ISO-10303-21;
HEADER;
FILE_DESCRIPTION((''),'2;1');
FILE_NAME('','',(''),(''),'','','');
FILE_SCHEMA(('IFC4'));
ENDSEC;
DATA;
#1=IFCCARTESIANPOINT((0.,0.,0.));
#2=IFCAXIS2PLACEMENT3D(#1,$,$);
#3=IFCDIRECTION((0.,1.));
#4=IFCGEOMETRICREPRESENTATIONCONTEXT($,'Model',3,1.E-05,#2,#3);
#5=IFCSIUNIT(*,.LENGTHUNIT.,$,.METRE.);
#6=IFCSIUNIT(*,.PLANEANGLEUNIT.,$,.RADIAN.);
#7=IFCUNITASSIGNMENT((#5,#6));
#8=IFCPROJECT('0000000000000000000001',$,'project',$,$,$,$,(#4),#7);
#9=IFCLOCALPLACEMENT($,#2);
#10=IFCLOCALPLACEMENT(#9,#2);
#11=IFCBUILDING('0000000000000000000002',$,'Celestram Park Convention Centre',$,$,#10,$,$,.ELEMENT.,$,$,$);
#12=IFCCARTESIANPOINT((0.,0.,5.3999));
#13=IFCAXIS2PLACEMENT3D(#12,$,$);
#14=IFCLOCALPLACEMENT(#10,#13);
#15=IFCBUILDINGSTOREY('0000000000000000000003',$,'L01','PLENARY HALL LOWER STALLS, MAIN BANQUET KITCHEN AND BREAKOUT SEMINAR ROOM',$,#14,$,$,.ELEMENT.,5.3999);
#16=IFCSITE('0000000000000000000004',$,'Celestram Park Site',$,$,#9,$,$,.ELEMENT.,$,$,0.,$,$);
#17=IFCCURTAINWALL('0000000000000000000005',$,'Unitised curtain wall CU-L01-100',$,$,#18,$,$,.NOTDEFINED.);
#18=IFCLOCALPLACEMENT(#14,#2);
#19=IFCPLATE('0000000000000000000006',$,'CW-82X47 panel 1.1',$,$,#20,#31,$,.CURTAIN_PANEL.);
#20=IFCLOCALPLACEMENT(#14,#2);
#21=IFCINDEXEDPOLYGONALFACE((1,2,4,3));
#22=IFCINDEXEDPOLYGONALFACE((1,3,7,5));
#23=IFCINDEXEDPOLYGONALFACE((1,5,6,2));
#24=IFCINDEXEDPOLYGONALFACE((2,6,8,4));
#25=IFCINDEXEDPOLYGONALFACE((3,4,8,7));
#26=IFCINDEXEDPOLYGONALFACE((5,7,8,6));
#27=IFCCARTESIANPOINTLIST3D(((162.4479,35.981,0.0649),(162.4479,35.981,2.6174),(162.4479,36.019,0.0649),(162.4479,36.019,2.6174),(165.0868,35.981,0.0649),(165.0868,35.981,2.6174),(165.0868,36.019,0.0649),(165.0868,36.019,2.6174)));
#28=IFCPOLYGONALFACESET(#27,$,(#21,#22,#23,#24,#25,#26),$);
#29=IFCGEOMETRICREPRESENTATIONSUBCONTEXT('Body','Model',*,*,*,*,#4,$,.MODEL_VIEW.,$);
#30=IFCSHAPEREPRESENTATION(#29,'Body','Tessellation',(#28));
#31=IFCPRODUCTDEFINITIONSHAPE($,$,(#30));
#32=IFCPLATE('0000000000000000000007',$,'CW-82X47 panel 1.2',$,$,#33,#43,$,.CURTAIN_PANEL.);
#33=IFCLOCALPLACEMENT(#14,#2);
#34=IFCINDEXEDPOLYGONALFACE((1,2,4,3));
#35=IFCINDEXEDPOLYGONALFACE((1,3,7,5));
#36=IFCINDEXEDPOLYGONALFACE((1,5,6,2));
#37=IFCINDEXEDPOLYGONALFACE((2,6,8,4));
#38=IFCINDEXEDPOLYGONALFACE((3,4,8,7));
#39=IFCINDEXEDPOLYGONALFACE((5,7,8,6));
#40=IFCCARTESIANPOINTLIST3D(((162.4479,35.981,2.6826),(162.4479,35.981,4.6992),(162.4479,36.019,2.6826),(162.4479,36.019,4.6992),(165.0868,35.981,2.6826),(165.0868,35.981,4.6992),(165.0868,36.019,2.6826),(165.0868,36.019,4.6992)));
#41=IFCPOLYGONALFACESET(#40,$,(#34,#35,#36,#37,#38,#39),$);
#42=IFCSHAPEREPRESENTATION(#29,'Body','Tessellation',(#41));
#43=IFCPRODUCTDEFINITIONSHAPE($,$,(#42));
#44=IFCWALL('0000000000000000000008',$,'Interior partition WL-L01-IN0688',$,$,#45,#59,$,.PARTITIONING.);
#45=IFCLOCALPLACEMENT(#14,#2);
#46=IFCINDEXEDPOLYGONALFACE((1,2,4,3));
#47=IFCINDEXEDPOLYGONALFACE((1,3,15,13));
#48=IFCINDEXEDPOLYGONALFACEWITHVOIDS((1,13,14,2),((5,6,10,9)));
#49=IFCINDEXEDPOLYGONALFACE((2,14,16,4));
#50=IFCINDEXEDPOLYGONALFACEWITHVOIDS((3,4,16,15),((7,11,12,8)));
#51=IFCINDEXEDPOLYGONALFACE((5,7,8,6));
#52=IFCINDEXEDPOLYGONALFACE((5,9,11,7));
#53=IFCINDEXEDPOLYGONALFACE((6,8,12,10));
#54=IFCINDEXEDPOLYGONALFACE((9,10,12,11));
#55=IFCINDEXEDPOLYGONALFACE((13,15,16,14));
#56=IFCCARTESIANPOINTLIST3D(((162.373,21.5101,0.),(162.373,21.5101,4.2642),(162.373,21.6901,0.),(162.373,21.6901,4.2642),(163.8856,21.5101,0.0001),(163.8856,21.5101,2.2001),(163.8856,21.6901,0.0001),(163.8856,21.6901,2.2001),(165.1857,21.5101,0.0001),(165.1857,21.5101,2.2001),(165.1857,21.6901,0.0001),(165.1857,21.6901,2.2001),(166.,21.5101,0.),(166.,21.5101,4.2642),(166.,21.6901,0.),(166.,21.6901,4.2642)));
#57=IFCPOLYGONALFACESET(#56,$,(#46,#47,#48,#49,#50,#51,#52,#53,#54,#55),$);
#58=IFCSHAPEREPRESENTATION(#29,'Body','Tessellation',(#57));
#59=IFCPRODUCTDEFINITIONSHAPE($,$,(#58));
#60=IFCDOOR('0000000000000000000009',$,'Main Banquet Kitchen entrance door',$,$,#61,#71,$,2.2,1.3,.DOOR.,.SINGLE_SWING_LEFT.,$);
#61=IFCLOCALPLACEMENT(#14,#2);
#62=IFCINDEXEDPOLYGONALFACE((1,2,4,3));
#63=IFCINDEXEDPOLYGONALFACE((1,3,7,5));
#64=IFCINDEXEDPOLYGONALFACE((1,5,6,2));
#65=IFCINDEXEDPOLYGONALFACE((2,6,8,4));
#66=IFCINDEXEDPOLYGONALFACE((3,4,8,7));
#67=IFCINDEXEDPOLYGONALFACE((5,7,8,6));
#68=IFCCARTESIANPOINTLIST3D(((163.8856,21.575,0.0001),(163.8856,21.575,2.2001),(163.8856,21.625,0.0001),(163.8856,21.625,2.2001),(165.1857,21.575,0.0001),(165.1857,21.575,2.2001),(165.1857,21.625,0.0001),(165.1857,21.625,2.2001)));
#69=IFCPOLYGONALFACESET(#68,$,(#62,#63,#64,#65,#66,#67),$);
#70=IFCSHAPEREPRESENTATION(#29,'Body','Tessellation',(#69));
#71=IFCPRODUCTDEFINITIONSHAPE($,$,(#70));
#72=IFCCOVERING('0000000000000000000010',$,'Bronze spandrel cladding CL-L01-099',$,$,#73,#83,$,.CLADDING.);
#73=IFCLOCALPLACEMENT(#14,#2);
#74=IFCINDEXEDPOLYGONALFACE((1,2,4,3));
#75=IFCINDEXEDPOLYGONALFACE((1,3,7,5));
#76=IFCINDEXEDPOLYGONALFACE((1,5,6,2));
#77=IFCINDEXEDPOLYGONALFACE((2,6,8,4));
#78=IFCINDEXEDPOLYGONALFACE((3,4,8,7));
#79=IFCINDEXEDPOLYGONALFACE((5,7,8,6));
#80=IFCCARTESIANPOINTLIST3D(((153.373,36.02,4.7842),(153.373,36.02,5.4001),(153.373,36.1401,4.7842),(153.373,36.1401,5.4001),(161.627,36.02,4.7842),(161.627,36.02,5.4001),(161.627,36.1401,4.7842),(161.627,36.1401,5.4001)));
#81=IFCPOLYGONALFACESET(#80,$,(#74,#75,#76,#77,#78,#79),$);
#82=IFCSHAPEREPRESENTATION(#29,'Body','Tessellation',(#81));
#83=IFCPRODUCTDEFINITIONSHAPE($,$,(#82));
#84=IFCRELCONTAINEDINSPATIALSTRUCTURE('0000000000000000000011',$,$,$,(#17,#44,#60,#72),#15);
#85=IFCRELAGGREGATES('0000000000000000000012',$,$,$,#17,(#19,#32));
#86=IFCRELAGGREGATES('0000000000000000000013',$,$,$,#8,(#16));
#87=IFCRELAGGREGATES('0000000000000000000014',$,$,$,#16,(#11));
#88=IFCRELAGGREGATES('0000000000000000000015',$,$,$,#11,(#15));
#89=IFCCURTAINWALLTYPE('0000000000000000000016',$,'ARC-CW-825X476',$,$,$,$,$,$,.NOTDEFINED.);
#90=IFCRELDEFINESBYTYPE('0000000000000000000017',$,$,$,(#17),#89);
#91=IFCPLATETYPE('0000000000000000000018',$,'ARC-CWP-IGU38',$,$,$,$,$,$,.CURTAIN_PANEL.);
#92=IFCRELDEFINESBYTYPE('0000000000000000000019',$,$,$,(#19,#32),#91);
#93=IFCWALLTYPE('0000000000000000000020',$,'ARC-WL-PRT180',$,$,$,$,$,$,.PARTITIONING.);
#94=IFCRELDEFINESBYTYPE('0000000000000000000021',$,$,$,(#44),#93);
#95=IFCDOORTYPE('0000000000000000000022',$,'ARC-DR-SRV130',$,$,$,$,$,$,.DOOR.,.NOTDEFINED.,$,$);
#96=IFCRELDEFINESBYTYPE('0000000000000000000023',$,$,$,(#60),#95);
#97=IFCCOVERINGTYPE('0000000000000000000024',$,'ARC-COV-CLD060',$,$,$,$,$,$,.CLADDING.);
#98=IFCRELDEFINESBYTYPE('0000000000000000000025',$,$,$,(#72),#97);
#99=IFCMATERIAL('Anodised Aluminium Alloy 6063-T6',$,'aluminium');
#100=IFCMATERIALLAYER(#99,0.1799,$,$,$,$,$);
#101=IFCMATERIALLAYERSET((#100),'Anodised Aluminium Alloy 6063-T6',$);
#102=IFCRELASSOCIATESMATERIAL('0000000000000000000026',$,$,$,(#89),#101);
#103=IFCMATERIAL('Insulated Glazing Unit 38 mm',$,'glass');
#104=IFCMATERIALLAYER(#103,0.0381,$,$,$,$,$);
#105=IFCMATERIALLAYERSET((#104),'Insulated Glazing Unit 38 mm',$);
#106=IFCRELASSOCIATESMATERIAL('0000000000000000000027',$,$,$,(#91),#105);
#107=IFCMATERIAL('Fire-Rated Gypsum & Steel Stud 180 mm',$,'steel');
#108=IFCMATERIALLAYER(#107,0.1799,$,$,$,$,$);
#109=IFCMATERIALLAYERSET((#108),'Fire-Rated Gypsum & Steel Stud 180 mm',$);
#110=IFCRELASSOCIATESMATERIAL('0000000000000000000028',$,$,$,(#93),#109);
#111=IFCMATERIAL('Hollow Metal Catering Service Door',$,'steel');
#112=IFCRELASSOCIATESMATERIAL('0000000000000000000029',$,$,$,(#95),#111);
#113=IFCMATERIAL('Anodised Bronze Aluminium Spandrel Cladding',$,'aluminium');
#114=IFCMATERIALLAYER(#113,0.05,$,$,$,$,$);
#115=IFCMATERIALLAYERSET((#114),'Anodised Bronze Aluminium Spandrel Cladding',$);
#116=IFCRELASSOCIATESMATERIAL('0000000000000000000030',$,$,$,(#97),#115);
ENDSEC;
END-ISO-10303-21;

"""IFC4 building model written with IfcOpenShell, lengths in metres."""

from ifc_helpers import new_model, si_unit, direction, frame, frame_2d, origin, origin_2d, place, context, subcontext, project, spatial, rectangle, extrude, material, layer, layer_set, type_object, element, fill, aggregate, save


model = new_model("IFC4")

# Units and contexts
model_context = context("Model", 3, precision=1e-05, world=origin(), true_north=direction((0.0, 1.0)))
body_context = subcontext(model_context, "Body", "Model", "MODEL_VIEW")
ifc_project = project(units=[si_unit("LENGTHUNIT", "METRE"), si_unit("PLANEANGLEUNIT", "RADIAN")], contexts=[model_context])

# Site, building, storey
site_placement = place(None, origin())
site = spatial("IfcSite", under=ifc_project, at=site_placement, Name="Celestram Park Site", CompositionType="ELEMENT", RefElevation=0.0)
building_placement = place(site_placement, origin())
building = spatial("IfcBuilding", under=site, at=building_placement, Name="Celestram Park Convention Centre", CompositionType="ELEMENT")
storey_placement = place(building_placement, frame((0.0, 0.0, 5.3999)))
storey = spatial("IfcBuildingStorey", under=building, at=storey_placement, Name="L01", Description="PLENARY HALL LOWER STALLS, MAIN BANQUET KITCHEN AND BREAKOUT SEMINAR ROOM", CompositionType="ELEMENT", Elevation=5.3999)

# Curtain wall
ifc_material_1 = material(Name="Anodised Aluminium Alloy 6063-T6", Category="aluminium")
ifc_layer_1 = layer(ifc_material_1, 0.1799)
ifc_layer_set_1 = layer_set([ifc_layer_1], Name="Anodised Aluminium Alloy 6063-T6")
curtain_wall_type = type_object("IfcCurtainWallType", Name="ARC-CW-825X476", PredefinedType="NOTDEFINED", material=ifc_layer_set_1)
curtain_wall_1_placement = place(storey_placement, origin())
curtain_wall_1 = element("IfcCurtainWall", 1, at=curtain_wall_1_placement, inside=storey, type_object=curtain_wall_type, Name="Unitised curtain wall CU-L01-100", PredefinedType="NOTDEFINED")

# Plates
ifc_material_2 = material(Name="Insulated Glazing Unit 38 mm", Category="glass")
ifc_layer_2 = layer(ifc_material_2, 0.0381)
ifc_layer_set_2 = layer_set([ifc_layer_2], Name="Insulated Glazing Unit 38 mm")
plate_type = type_object("IfcPlateType", Name="ARC-CWP-IGU38", PredefinedType="CURTAIN_PANEL", material=ifc_layer_set_2)
plate_1_placement = place(storey_placement, frame((163.7673, 36.0, 0.0649), z_axis=(0.0, 0.0, 1.0), x_axis=(1.0, 0.0, 0.0)))
plate_1 = element("IfcPlate", 2, at=plate_1_placement, type_object=plate_type, Name="CW-82X47 panel 1.1", PredefinedType="CURTAIN_PANEL", context=body_context, shape_type="SweptSolid", body=[
    extrude(rectangle(XDim=2.6389, YDim=0.0381, at=origin_2d()), origin(), (0.0, 0.0, 1.0), 2.5525),
])
plate_2_placement = place(storey_placement, frame((163.7673, 36.0, 2.6826), z_axis=(0.0, 0.0, 1.0), x_axis=(1.0, 0.0, 0.0)))
plate_2 = element("IfcPlate", 3, at=plate_2_placement, type_object=plate_type, Name="CW-82X47 panel 1.2", PredefinedType="CURTAIN_PANEL", context=body_context, shape_type="SweptSolid", body=[
    extrude(rectangle(XDim=2.6389, YDim=0.0381, at=origin_2d()), origin(), (0.0, 0.0, 1.0), 2.0166),
])
aggregate(curtain_wall_1, [plate_1, plate_2])

# Wall, opening, door
ifc_material_3 = material(Name="Fire-Rated Gypsum & Steel Stud 180 mm", Category="steel")
ifc_layer_3 = layer(ifc_material_3, 0.1799)
ifc_layer_set_3 = layer_set([ifc_layer_3], Name="Fire-Rated Gypsum & Steel Stud 180 mm")
wall_type = type_object("IfcWallType", Name="ARC-WL-PRT180", PredefinedType="PARTITIONING", material=ifc_layer_set_3)
wall_placement = place(storey_placement, frame((162.373, 21.6001, 0.0), z_axis=(0.0, 0.0, 1.0), x_axis=(1.0, 0.0, 0.0)))
wall = element("IfcWall", 4, at=wall_placement, inside=storey, type_object=wall_type, Name="Interior partition WL-L01-IN0688", PredefinedType="PARTITIONING", context=body_context, shape_type="SweptSolid", body=[
    extrude(rectangle(XDim=3.627, YDim=0.1799, at=frame_2d((1.8135, 0.0))), origin(), (0.0, 0.0, 1.0), 4.2642),
])
opening_placement = place(wall_placement, frame((1.5127, 0.0, 0.0)))
opening = element("IfcOpeningElement", 5, at=opening_placement, cuts=wall, PredefinedType="OPENING", context=body_context, shape_type="SweptSolid", body=[
    extrude(rectangle(XDim=1.3, YDim=2.2, at=frame_2d((0.6499, 1.1001))), frame((0.0, 0.0999, 0.0), z_axis=(0.0, -1.0, 0.0), x_axis=(1.0, 0.0, 0.0)), (0.0, 0.0, 1.0), 0.2),
])
ifc_material_4 = material(Name="Hollow Metal Catering Service Door", Category="steel")
door_type = type_object("IfcDoorType", Name="ARC-DR-SRV130", OperationType="NOTDEFINED", PredefinedType="DOOR", material=ifc_material_4)
door_placement = place(opening_placement, origin())
door = element("IfcDoor", 6, at=door_placement, inside=storey, type_object=door_type, Name="Main Banquet Kitchen entrance door", OperationType="SINGLE_SWING_LEFT", OverallHeight=2.2, OverallWidth=1.3, PredefinedType="DOOR", context=body_context, shape_type="SweptSolid", body=[
    extrude(rectangle(XDim=1.3, YDim=2.2, at=frame_2d((0.6499, 1.1001))), frame((0.0, 0.0249, 0.0), z_axis=(0.0, -1.0, 0.0), x_axis=(1.0, 0.0, 0.0)), (0.0, 0.0, 1.0), 0.05),
])
fill(opening, door)

# Covering
ifc_material_5 = material(Name="Anodised Bronze Aluminium Spandrel Cladding", Category="aluminium")
ifc_layer_4 = layer(ifc_material_5, 0.05)
ifc_layer_set_4 = layer_set([ifc_layer_4], Name="Anodised Bronze Aluminium Spandrel Cladding")
covering_type = type_object("IfcCoveringType", Name="ARC-COV-CLD060", PredefinedType="CLADDING", material=ifc_layer_set_4)
covering_placement = place(storey_placement, frame((157.5, 36.0801, 4.7842), z_axis=(0.0, 0.0, 1.0), x_axis=(1.0, 0.0, 0.0)))
element("IfcCovering", 7, at=covering_placement, inside=storey, type_object=covering_type, Name="Bronze spandrel cladding CL-L01-099", PredefinedType="CLADDING", context=body_context, shape_type="SweptSolid", body=[
    extrude(rectangle(XDim=8.2539, YDim=0.1201, at=origin_2d()), origin(), (0.0, 0.0, 1.0), 0.616),
])

save(model, "model.ifc")
